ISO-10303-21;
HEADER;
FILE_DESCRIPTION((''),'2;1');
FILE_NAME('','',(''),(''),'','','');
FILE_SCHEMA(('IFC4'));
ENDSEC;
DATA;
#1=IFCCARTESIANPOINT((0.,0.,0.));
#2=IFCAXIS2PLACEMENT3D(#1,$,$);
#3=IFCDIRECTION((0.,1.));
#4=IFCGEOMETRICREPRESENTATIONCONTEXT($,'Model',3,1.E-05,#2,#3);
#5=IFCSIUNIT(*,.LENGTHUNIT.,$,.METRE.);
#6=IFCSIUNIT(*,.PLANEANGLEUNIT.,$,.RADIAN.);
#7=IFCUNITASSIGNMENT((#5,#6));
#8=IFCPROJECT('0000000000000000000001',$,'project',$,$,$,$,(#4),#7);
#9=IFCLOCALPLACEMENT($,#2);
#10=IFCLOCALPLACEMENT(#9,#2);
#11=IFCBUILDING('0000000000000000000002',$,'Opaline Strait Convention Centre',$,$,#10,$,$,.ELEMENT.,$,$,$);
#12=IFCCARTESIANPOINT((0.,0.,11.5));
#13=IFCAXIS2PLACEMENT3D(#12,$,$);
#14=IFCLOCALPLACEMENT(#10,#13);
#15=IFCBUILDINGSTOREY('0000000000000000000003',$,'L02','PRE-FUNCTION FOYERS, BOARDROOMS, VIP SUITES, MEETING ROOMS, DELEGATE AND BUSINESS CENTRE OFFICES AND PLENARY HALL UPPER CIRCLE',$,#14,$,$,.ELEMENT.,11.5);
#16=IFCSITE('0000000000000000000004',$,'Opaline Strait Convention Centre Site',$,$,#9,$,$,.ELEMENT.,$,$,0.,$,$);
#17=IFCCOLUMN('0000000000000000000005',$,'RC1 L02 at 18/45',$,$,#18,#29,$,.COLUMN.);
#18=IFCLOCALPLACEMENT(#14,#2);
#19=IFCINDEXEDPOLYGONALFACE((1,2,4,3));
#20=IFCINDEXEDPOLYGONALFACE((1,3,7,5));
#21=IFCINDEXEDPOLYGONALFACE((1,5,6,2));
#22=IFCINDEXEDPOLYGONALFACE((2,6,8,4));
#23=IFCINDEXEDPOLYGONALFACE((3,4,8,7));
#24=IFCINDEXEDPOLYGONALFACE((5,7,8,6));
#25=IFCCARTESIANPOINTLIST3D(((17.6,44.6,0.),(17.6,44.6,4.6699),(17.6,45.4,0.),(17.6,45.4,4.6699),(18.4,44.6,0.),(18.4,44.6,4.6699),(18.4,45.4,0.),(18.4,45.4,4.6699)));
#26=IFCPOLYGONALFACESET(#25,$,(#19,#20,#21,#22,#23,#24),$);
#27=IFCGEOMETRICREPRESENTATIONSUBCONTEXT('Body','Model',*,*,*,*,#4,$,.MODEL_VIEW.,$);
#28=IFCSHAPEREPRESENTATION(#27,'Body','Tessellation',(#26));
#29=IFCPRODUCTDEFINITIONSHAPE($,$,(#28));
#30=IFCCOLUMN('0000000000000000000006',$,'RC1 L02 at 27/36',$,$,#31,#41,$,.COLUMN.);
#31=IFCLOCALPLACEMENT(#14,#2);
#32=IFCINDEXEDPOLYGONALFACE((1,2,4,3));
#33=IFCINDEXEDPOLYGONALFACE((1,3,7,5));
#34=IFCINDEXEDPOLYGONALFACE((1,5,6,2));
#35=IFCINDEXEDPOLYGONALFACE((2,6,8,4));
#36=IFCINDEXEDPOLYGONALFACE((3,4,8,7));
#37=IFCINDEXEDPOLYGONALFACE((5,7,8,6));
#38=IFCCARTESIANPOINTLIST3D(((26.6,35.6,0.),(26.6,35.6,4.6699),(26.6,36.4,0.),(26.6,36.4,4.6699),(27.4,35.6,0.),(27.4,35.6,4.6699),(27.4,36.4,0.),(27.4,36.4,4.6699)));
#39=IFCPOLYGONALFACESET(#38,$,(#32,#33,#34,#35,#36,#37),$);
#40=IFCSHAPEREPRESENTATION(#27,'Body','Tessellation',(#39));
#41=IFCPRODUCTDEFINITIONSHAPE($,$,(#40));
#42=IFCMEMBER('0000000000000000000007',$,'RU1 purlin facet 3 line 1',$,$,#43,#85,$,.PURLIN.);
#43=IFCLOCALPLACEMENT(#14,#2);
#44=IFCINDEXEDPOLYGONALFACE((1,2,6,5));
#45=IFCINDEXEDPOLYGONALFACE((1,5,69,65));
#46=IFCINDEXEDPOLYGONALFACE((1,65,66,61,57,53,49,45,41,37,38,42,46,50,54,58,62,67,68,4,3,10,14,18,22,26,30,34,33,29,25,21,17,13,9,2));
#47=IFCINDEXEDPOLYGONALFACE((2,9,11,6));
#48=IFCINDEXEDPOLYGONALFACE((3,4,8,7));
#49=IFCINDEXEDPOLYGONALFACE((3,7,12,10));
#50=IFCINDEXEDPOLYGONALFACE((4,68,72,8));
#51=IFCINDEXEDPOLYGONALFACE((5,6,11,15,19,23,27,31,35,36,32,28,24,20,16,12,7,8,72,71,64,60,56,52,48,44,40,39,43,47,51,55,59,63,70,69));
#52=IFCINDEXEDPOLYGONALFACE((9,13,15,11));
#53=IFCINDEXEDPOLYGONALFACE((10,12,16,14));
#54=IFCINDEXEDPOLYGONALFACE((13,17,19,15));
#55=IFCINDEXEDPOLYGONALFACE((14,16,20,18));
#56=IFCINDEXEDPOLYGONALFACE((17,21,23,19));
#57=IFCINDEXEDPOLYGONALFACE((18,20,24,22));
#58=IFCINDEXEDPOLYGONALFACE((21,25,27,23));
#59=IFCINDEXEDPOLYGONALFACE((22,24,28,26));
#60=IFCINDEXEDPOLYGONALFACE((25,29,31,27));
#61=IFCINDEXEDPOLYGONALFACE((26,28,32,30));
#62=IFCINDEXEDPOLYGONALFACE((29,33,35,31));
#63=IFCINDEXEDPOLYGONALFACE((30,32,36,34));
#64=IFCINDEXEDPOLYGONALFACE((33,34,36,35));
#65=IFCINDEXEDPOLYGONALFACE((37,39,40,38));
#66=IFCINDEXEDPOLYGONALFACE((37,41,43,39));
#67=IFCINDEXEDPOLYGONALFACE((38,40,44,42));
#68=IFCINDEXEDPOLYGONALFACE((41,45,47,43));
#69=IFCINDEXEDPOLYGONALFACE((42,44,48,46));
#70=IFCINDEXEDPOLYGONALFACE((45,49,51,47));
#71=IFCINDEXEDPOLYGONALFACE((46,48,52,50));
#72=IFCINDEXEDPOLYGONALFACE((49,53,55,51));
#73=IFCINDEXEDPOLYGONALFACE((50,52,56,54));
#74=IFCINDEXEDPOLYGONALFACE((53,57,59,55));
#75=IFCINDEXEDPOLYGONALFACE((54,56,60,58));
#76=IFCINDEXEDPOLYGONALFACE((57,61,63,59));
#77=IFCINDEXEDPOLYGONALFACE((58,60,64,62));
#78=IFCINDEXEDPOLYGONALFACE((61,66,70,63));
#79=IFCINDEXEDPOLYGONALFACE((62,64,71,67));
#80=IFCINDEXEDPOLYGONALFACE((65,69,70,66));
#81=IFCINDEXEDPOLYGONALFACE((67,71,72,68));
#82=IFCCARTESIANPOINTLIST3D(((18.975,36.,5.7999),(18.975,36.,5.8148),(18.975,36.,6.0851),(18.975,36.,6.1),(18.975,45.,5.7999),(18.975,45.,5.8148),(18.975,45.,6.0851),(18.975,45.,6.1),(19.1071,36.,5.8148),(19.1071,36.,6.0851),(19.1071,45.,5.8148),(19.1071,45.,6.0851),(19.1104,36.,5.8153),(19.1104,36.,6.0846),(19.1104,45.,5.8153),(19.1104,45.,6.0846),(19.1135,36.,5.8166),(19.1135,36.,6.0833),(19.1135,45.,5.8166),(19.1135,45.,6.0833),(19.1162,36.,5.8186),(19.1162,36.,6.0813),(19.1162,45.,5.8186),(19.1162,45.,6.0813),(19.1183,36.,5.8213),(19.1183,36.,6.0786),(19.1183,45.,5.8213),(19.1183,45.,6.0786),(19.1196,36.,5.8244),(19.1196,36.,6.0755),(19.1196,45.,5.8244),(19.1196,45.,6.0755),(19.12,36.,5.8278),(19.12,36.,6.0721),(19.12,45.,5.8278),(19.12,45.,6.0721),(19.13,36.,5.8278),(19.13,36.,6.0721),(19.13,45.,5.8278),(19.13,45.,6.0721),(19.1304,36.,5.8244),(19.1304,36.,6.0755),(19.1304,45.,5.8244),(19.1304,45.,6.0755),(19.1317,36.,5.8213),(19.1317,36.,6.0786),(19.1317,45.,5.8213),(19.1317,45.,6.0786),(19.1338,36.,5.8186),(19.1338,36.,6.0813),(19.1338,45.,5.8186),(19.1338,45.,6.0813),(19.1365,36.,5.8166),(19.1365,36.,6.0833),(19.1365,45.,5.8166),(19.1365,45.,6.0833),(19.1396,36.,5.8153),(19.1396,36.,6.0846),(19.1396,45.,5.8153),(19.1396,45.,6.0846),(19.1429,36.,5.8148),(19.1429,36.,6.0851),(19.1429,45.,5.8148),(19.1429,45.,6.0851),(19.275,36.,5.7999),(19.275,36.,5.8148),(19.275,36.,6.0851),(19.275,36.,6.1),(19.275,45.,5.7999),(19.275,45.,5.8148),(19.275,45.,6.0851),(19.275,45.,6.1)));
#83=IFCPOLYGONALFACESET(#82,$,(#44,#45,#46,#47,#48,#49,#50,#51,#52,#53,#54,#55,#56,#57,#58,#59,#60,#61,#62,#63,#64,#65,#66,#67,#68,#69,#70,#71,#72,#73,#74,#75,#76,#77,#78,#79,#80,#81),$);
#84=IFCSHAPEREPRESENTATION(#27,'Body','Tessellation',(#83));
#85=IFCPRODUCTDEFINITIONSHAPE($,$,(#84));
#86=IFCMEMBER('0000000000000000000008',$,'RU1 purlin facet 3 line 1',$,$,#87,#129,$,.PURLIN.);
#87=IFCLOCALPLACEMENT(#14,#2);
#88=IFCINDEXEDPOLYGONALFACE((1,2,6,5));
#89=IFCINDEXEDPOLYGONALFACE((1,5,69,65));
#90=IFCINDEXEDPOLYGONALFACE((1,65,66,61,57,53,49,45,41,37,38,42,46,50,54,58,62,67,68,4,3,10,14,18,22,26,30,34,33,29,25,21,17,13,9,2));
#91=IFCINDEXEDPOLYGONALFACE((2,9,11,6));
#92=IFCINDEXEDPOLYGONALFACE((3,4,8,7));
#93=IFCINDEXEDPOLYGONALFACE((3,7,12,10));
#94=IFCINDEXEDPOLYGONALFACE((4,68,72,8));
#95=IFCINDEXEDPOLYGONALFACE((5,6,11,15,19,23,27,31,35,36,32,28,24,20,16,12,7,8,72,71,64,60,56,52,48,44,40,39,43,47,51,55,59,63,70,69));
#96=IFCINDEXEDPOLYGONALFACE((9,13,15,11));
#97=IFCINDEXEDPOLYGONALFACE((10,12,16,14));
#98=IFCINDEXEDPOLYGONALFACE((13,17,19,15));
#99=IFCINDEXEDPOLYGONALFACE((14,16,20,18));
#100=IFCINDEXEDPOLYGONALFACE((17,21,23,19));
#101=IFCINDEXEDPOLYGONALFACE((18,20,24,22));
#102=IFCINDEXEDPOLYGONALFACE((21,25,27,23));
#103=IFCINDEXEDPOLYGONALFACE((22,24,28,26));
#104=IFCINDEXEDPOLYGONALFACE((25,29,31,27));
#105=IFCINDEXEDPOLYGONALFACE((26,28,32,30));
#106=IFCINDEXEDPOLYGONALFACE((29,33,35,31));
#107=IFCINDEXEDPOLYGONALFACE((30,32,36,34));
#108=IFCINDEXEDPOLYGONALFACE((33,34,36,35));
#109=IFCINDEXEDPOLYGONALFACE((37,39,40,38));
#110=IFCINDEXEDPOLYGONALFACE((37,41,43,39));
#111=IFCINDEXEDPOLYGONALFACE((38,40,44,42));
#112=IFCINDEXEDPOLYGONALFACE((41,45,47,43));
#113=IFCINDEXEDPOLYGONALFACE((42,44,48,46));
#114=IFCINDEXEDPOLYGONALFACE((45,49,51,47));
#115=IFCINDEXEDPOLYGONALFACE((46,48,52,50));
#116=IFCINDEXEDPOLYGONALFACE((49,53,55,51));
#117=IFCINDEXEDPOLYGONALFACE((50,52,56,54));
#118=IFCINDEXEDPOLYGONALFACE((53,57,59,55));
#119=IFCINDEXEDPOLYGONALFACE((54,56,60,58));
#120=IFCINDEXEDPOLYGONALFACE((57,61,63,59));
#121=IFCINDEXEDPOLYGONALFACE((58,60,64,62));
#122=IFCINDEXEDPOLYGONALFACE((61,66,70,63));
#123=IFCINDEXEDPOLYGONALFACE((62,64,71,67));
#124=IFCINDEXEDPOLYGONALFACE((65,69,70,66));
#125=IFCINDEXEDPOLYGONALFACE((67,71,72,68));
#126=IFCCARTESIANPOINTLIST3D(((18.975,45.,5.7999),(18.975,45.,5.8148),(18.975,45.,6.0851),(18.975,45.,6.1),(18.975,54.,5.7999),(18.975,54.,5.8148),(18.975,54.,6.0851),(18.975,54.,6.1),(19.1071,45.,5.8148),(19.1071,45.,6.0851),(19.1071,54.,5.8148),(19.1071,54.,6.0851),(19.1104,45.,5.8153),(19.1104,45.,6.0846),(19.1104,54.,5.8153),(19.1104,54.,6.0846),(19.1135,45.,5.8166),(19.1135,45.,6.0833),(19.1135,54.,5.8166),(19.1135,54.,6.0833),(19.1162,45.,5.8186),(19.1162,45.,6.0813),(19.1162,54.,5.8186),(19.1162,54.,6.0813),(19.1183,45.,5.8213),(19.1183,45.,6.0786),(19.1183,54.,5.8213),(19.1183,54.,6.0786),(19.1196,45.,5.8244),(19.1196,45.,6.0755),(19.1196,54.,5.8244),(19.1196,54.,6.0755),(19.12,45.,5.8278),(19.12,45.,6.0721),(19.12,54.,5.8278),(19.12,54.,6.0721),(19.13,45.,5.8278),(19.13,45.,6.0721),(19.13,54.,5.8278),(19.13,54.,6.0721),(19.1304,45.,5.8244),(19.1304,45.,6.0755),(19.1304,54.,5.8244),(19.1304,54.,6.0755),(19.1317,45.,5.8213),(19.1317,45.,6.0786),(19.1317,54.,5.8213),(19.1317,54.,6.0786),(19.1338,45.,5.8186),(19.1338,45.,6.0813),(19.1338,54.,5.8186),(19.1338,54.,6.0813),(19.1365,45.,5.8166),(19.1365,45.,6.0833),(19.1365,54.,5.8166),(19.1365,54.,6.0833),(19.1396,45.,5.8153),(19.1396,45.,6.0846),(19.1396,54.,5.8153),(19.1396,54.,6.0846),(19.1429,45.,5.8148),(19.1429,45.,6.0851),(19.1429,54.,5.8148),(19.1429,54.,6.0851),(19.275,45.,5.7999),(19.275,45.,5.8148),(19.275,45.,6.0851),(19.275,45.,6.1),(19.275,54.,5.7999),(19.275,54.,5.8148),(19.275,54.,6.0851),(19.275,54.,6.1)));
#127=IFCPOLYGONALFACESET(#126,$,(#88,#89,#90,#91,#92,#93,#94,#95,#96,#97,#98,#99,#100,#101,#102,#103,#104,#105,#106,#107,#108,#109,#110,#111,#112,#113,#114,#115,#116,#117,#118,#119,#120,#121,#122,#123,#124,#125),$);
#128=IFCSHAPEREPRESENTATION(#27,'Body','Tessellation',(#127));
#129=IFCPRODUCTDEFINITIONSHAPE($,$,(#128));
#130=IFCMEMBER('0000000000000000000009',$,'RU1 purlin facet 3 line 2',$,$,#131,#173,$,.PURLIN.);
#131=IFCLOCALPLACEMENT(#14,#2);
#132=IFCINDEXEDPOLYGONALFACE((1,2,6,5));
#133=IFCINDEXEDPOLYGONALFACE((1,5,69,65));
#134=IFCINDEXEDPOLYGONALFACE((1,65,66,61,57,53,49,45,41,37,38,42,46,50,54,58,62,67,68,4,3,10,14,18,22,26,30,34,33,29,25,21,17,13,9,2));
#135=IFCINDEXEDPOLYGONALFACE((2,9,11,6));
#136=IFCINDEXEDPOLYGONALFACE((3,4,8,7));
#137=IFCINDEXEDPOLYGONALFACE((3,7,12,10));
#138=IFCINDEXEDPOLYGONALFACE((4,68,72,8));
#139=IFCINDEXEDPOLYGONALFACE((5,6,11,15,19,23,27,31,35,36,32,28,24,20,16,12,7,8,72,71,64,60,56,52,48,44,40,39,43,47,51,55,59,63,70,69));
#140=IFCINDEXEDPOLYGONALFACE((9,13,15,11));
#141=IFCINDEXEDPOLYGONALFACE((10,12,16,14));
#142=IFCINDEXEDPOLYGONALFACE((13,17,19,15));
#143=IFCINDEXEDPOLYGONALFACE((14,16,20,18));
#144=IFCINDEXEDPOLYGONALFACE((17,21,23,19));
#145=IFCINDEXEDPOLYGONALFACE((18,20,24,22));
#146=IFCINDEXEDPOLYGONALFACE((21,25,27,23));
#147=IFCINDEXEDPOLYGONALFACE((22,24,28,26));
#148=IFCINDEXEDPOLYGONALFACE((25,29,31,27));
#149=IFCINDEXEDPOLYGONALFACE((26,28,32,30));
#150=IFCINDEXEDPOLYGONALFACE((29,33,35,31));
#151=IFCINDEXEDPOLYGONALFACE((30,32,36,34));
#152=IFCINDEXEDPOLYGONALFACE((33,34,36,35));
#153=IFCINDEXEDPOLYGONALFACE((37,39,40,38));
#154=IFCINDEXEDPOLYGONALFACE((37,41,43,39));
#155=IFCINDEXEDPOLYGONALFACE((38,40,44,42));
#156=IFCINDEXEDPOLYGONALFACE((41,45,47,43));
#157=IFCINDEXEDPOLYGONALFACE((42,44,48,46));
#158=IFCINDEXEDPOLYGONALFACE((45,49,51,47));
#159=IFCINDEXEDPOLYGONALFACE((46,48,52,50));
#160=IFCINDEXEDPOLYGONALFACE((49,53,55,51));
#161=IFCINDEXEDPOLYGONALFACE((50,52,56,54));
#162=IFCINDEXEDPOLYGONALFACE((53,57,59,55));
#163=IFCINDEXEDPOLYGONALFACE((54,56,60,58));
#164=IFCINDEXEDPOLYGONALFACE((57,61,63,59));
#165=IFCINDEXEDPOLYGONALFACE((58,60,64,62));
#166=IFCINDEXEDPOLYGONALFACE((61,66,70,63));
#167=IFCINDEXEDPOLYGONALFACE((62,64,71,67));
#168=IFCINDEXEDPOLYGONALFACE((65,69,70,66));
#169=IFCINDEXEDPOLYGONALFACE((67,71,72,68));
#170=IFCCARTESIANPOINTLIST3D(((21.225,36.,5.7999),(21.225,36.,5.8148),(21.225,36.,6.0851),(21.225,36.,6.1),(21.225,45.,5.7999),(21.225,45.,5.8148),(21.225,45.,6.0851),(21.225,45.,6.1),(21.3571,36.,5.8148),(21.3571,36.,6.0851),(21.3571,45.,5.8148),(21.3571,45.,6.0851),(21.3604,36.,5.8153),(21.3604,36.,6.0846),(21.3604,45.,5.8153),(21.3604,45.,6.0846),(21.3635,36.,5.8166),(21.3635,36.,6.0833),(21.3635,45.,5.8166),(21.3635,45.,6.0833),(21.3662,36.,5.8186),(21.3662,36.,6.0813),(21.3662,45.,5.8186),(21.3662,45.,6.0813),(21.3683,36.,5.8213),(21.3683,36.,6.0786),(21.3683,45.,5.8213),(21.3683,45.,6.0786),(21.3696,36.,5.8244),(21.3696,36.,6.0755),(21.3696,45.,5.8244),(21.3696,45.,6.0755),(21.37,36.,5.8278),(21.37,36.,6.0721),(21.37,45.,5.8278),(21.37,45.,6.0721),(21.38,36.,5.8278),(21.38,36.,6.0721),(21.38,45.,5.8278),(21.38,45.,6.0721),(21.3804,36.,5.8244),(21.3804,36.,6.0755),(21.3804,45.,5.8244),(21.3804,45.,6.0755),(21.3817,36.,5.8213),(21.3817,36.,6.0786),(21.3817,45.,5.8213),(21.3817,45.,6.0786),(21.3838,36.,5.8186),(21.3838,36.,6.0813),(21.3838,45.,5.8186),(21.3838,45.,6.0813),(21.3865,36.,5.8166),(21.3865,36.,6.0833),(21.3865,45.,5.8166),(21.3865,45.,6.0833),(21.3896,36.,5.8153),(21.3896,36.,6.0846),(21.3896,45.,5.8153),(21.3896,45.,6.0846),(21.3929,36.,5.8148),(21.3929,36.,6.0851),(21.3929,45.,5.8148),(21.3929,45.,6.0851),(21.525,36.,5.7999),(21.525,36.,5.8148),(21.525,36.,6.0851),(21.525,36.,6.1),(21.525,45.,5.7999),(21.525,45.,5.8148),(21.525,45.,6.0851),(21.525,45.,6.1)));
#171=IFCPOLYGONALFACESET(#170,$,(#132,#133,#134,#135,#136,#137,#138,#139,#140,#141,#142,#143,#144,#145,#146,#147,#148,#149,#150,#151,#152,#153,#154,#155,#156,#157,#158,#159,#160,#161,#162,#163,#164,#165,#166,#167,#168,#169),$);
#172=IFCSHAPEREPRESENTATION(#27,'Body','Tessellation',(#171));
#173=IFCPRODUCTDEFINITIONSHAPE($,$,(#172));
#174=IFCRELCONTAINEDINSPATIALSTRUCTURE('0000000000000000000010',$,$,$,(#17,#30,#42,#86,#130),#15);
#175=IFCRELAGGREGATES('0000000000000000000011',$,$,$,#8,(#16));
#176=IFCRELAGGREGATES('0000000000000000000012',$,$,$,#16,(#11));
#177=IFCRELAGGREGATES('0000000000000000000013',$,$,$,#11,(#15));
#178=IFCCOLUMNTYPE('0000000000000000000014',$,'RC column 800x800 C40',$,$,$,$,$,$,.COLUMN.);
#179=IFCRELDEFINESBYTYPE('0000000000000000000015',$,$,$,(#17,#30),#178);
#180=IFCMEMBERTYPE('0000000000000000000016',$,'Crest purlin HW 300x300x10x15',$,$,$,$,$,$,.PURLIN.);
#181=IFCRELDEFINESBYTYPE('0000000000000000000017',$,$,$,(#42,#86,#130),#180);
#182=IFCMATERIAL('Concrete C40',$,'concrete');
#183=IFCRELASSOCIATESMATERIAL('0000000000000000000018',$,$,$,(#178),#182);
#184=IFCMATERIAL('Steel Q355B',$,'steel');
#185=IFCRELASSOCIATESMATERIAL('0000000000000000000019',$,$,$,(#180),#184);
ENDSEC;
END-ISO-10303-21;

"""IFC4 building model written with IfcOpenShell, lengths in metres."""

from ifc_helpers import new_model, si_unit, direction, frame, origin, origin_2d, place, context, subcontext, project, spatial, rectangle, i_section, extrude, material, material_profile, profile_set, type_object, element, save


model = new_model("IFC4")

# Units and contexts
model_context = context("Model", 3, precision=1e-05, world=origin(), true_north=direction((0.0, 1.0)))
body_context = subcontext(model_context, "Body", "Model", "MODEL_VIEW")
ifc_project = project(units=[si_unit("LENGTHUNIT", "METRE"), si_unit("PLANEANGLEUNIT", "RADIAN")], contexts=[model_context])

# Site, building, storey
site_placement = place(None, origin())
site = spatial("IfcSite", under=ifc_project, at=site_placement, Name="Opaline Strait Convention Centre Site", CompositionType="ELEMENT", RefElevation=0.0)
building_placement = place(site_placement, origin())
building = spatial("IfcBuilding", under=site, at=building_placement, Name="Opaline Strait Convention Centre", CompositionType="ELEMENT")
storey_placement = place(building_placement, frame((0.0, 0.0, 11.5)))
storey = spatial("IfcBuildingStorey", under=building, at=storey_placement, Name="L02", Description="PRE-FUNCTION FOYERS, BOARDROOMS, VIP SUITES, MEETING ROOMS, DELEGATE AND BUSINESS CENTRE OFFICES AND PLENARY HALL UPPER CIRCLE", CompositionType="ELEMENT", Elevation=11.5)

# Columns
ifc_material_1 = material(Name="Concrete C40", Category="concrete")
ifc_material_profile_1 = material_profile(ifc_material_1, rectangle(XDim=0.8, YDim=0.8, at=origin_2d()), Name="RC 800x800")
ifc_profile_set_1 = profile_set([ifc_material_profile_1], Name="Concrete C40")
column_type = type_object("IfcColumnType", Name="RC column 800x800 C40", PredefinedType="COLUMN", material=ifc_profile_set_1)
for number, where, z_axis, x_axis, name in (
    (1, (18.0, 45.0, 0.0), (0.0, 0.0, 1.0), (1.0, 0.0, 0.0), "RC1 L02 at 18/45"),
    (2, (27.0, 36.0, 0.0), (0.0, 0.0, 1.0), (1.0, 0.0, 0.0), "RC1 L02 at 27/36"),
):
    element("IfcColumn", number, at=place(storey_placement, frame(where, z_axis=z_axis, x_axis=x_axis)), inside=storey, type_object=column_type, Name=name, PredefinedType="COLUMN", context=body_context, shape_type="SweptSolid", body=[
        extrude(rectangle(XDim=0.8, YDim=0.8, at=origin_2d()), origin(), (0.0, 0.0, 1.0), 4.6699),
    ])

# Members
ifc_material_2 = material(Name="Steel Q355B", Category="steel")
ifc_material_profile_2 = material_profile(ifc_material_2, i_section(OverallWidth=0.3, OverallDepth=0.3, WebThickness=0.01, FlangeThickness=0.0149, FilletRadius=0.0129, at=origin_2d()), Name="HW 300x300x10x15")
ifc_profile_set_2 = profile_set([ifc_material_profile_2], Name="Steel Q355B")
member_type_1 = type_object("IfcMemberType", Name="Crest purlin HW 300x300x10x15", PredefinedType="PURLIN", material=ifc_profile_set_2)
for number, where, z_axis, x_axis, name in (
    (3, (19.125, 36.0, 5.95), (0.0, 1.0, 0.0), (-1.0, 0.0, 0.0), "RU1 purlin facet 3 line 1"),
    (4, (19.125, 45.0, 5.95), (0.0, 1.0, 0.0), (-1.0, 0.0, 0.0), "RU1 purlin facet 3 line 1"),
    (5, (21.375, 36.0, 5.95), (0.0, 1.0, 0.0), (-1.0, 0.0, 0.0), "RU1 purlin facet 3 line 2"),
):
    element("IfcMember", number, at=place(storey_placement, frame(where, z_axis=z_axis, x_axis=x_axis)), inside=storey, type_object=member_type_1, Name=name, PredefinedType="PURLIN", context=body_context, shape_type="SweptSolid", body=[
        extrude(i_section(OverallWidth=0.3, OverallDepth=0.3, WebThickness=0.01, FlangeThickness=0.0149, FilletRadius=0.0129, at=origin_2d()), origin(), (0.0, 0.0, 1.0), 9.0),
    ])

save(model, "model.ifc")
